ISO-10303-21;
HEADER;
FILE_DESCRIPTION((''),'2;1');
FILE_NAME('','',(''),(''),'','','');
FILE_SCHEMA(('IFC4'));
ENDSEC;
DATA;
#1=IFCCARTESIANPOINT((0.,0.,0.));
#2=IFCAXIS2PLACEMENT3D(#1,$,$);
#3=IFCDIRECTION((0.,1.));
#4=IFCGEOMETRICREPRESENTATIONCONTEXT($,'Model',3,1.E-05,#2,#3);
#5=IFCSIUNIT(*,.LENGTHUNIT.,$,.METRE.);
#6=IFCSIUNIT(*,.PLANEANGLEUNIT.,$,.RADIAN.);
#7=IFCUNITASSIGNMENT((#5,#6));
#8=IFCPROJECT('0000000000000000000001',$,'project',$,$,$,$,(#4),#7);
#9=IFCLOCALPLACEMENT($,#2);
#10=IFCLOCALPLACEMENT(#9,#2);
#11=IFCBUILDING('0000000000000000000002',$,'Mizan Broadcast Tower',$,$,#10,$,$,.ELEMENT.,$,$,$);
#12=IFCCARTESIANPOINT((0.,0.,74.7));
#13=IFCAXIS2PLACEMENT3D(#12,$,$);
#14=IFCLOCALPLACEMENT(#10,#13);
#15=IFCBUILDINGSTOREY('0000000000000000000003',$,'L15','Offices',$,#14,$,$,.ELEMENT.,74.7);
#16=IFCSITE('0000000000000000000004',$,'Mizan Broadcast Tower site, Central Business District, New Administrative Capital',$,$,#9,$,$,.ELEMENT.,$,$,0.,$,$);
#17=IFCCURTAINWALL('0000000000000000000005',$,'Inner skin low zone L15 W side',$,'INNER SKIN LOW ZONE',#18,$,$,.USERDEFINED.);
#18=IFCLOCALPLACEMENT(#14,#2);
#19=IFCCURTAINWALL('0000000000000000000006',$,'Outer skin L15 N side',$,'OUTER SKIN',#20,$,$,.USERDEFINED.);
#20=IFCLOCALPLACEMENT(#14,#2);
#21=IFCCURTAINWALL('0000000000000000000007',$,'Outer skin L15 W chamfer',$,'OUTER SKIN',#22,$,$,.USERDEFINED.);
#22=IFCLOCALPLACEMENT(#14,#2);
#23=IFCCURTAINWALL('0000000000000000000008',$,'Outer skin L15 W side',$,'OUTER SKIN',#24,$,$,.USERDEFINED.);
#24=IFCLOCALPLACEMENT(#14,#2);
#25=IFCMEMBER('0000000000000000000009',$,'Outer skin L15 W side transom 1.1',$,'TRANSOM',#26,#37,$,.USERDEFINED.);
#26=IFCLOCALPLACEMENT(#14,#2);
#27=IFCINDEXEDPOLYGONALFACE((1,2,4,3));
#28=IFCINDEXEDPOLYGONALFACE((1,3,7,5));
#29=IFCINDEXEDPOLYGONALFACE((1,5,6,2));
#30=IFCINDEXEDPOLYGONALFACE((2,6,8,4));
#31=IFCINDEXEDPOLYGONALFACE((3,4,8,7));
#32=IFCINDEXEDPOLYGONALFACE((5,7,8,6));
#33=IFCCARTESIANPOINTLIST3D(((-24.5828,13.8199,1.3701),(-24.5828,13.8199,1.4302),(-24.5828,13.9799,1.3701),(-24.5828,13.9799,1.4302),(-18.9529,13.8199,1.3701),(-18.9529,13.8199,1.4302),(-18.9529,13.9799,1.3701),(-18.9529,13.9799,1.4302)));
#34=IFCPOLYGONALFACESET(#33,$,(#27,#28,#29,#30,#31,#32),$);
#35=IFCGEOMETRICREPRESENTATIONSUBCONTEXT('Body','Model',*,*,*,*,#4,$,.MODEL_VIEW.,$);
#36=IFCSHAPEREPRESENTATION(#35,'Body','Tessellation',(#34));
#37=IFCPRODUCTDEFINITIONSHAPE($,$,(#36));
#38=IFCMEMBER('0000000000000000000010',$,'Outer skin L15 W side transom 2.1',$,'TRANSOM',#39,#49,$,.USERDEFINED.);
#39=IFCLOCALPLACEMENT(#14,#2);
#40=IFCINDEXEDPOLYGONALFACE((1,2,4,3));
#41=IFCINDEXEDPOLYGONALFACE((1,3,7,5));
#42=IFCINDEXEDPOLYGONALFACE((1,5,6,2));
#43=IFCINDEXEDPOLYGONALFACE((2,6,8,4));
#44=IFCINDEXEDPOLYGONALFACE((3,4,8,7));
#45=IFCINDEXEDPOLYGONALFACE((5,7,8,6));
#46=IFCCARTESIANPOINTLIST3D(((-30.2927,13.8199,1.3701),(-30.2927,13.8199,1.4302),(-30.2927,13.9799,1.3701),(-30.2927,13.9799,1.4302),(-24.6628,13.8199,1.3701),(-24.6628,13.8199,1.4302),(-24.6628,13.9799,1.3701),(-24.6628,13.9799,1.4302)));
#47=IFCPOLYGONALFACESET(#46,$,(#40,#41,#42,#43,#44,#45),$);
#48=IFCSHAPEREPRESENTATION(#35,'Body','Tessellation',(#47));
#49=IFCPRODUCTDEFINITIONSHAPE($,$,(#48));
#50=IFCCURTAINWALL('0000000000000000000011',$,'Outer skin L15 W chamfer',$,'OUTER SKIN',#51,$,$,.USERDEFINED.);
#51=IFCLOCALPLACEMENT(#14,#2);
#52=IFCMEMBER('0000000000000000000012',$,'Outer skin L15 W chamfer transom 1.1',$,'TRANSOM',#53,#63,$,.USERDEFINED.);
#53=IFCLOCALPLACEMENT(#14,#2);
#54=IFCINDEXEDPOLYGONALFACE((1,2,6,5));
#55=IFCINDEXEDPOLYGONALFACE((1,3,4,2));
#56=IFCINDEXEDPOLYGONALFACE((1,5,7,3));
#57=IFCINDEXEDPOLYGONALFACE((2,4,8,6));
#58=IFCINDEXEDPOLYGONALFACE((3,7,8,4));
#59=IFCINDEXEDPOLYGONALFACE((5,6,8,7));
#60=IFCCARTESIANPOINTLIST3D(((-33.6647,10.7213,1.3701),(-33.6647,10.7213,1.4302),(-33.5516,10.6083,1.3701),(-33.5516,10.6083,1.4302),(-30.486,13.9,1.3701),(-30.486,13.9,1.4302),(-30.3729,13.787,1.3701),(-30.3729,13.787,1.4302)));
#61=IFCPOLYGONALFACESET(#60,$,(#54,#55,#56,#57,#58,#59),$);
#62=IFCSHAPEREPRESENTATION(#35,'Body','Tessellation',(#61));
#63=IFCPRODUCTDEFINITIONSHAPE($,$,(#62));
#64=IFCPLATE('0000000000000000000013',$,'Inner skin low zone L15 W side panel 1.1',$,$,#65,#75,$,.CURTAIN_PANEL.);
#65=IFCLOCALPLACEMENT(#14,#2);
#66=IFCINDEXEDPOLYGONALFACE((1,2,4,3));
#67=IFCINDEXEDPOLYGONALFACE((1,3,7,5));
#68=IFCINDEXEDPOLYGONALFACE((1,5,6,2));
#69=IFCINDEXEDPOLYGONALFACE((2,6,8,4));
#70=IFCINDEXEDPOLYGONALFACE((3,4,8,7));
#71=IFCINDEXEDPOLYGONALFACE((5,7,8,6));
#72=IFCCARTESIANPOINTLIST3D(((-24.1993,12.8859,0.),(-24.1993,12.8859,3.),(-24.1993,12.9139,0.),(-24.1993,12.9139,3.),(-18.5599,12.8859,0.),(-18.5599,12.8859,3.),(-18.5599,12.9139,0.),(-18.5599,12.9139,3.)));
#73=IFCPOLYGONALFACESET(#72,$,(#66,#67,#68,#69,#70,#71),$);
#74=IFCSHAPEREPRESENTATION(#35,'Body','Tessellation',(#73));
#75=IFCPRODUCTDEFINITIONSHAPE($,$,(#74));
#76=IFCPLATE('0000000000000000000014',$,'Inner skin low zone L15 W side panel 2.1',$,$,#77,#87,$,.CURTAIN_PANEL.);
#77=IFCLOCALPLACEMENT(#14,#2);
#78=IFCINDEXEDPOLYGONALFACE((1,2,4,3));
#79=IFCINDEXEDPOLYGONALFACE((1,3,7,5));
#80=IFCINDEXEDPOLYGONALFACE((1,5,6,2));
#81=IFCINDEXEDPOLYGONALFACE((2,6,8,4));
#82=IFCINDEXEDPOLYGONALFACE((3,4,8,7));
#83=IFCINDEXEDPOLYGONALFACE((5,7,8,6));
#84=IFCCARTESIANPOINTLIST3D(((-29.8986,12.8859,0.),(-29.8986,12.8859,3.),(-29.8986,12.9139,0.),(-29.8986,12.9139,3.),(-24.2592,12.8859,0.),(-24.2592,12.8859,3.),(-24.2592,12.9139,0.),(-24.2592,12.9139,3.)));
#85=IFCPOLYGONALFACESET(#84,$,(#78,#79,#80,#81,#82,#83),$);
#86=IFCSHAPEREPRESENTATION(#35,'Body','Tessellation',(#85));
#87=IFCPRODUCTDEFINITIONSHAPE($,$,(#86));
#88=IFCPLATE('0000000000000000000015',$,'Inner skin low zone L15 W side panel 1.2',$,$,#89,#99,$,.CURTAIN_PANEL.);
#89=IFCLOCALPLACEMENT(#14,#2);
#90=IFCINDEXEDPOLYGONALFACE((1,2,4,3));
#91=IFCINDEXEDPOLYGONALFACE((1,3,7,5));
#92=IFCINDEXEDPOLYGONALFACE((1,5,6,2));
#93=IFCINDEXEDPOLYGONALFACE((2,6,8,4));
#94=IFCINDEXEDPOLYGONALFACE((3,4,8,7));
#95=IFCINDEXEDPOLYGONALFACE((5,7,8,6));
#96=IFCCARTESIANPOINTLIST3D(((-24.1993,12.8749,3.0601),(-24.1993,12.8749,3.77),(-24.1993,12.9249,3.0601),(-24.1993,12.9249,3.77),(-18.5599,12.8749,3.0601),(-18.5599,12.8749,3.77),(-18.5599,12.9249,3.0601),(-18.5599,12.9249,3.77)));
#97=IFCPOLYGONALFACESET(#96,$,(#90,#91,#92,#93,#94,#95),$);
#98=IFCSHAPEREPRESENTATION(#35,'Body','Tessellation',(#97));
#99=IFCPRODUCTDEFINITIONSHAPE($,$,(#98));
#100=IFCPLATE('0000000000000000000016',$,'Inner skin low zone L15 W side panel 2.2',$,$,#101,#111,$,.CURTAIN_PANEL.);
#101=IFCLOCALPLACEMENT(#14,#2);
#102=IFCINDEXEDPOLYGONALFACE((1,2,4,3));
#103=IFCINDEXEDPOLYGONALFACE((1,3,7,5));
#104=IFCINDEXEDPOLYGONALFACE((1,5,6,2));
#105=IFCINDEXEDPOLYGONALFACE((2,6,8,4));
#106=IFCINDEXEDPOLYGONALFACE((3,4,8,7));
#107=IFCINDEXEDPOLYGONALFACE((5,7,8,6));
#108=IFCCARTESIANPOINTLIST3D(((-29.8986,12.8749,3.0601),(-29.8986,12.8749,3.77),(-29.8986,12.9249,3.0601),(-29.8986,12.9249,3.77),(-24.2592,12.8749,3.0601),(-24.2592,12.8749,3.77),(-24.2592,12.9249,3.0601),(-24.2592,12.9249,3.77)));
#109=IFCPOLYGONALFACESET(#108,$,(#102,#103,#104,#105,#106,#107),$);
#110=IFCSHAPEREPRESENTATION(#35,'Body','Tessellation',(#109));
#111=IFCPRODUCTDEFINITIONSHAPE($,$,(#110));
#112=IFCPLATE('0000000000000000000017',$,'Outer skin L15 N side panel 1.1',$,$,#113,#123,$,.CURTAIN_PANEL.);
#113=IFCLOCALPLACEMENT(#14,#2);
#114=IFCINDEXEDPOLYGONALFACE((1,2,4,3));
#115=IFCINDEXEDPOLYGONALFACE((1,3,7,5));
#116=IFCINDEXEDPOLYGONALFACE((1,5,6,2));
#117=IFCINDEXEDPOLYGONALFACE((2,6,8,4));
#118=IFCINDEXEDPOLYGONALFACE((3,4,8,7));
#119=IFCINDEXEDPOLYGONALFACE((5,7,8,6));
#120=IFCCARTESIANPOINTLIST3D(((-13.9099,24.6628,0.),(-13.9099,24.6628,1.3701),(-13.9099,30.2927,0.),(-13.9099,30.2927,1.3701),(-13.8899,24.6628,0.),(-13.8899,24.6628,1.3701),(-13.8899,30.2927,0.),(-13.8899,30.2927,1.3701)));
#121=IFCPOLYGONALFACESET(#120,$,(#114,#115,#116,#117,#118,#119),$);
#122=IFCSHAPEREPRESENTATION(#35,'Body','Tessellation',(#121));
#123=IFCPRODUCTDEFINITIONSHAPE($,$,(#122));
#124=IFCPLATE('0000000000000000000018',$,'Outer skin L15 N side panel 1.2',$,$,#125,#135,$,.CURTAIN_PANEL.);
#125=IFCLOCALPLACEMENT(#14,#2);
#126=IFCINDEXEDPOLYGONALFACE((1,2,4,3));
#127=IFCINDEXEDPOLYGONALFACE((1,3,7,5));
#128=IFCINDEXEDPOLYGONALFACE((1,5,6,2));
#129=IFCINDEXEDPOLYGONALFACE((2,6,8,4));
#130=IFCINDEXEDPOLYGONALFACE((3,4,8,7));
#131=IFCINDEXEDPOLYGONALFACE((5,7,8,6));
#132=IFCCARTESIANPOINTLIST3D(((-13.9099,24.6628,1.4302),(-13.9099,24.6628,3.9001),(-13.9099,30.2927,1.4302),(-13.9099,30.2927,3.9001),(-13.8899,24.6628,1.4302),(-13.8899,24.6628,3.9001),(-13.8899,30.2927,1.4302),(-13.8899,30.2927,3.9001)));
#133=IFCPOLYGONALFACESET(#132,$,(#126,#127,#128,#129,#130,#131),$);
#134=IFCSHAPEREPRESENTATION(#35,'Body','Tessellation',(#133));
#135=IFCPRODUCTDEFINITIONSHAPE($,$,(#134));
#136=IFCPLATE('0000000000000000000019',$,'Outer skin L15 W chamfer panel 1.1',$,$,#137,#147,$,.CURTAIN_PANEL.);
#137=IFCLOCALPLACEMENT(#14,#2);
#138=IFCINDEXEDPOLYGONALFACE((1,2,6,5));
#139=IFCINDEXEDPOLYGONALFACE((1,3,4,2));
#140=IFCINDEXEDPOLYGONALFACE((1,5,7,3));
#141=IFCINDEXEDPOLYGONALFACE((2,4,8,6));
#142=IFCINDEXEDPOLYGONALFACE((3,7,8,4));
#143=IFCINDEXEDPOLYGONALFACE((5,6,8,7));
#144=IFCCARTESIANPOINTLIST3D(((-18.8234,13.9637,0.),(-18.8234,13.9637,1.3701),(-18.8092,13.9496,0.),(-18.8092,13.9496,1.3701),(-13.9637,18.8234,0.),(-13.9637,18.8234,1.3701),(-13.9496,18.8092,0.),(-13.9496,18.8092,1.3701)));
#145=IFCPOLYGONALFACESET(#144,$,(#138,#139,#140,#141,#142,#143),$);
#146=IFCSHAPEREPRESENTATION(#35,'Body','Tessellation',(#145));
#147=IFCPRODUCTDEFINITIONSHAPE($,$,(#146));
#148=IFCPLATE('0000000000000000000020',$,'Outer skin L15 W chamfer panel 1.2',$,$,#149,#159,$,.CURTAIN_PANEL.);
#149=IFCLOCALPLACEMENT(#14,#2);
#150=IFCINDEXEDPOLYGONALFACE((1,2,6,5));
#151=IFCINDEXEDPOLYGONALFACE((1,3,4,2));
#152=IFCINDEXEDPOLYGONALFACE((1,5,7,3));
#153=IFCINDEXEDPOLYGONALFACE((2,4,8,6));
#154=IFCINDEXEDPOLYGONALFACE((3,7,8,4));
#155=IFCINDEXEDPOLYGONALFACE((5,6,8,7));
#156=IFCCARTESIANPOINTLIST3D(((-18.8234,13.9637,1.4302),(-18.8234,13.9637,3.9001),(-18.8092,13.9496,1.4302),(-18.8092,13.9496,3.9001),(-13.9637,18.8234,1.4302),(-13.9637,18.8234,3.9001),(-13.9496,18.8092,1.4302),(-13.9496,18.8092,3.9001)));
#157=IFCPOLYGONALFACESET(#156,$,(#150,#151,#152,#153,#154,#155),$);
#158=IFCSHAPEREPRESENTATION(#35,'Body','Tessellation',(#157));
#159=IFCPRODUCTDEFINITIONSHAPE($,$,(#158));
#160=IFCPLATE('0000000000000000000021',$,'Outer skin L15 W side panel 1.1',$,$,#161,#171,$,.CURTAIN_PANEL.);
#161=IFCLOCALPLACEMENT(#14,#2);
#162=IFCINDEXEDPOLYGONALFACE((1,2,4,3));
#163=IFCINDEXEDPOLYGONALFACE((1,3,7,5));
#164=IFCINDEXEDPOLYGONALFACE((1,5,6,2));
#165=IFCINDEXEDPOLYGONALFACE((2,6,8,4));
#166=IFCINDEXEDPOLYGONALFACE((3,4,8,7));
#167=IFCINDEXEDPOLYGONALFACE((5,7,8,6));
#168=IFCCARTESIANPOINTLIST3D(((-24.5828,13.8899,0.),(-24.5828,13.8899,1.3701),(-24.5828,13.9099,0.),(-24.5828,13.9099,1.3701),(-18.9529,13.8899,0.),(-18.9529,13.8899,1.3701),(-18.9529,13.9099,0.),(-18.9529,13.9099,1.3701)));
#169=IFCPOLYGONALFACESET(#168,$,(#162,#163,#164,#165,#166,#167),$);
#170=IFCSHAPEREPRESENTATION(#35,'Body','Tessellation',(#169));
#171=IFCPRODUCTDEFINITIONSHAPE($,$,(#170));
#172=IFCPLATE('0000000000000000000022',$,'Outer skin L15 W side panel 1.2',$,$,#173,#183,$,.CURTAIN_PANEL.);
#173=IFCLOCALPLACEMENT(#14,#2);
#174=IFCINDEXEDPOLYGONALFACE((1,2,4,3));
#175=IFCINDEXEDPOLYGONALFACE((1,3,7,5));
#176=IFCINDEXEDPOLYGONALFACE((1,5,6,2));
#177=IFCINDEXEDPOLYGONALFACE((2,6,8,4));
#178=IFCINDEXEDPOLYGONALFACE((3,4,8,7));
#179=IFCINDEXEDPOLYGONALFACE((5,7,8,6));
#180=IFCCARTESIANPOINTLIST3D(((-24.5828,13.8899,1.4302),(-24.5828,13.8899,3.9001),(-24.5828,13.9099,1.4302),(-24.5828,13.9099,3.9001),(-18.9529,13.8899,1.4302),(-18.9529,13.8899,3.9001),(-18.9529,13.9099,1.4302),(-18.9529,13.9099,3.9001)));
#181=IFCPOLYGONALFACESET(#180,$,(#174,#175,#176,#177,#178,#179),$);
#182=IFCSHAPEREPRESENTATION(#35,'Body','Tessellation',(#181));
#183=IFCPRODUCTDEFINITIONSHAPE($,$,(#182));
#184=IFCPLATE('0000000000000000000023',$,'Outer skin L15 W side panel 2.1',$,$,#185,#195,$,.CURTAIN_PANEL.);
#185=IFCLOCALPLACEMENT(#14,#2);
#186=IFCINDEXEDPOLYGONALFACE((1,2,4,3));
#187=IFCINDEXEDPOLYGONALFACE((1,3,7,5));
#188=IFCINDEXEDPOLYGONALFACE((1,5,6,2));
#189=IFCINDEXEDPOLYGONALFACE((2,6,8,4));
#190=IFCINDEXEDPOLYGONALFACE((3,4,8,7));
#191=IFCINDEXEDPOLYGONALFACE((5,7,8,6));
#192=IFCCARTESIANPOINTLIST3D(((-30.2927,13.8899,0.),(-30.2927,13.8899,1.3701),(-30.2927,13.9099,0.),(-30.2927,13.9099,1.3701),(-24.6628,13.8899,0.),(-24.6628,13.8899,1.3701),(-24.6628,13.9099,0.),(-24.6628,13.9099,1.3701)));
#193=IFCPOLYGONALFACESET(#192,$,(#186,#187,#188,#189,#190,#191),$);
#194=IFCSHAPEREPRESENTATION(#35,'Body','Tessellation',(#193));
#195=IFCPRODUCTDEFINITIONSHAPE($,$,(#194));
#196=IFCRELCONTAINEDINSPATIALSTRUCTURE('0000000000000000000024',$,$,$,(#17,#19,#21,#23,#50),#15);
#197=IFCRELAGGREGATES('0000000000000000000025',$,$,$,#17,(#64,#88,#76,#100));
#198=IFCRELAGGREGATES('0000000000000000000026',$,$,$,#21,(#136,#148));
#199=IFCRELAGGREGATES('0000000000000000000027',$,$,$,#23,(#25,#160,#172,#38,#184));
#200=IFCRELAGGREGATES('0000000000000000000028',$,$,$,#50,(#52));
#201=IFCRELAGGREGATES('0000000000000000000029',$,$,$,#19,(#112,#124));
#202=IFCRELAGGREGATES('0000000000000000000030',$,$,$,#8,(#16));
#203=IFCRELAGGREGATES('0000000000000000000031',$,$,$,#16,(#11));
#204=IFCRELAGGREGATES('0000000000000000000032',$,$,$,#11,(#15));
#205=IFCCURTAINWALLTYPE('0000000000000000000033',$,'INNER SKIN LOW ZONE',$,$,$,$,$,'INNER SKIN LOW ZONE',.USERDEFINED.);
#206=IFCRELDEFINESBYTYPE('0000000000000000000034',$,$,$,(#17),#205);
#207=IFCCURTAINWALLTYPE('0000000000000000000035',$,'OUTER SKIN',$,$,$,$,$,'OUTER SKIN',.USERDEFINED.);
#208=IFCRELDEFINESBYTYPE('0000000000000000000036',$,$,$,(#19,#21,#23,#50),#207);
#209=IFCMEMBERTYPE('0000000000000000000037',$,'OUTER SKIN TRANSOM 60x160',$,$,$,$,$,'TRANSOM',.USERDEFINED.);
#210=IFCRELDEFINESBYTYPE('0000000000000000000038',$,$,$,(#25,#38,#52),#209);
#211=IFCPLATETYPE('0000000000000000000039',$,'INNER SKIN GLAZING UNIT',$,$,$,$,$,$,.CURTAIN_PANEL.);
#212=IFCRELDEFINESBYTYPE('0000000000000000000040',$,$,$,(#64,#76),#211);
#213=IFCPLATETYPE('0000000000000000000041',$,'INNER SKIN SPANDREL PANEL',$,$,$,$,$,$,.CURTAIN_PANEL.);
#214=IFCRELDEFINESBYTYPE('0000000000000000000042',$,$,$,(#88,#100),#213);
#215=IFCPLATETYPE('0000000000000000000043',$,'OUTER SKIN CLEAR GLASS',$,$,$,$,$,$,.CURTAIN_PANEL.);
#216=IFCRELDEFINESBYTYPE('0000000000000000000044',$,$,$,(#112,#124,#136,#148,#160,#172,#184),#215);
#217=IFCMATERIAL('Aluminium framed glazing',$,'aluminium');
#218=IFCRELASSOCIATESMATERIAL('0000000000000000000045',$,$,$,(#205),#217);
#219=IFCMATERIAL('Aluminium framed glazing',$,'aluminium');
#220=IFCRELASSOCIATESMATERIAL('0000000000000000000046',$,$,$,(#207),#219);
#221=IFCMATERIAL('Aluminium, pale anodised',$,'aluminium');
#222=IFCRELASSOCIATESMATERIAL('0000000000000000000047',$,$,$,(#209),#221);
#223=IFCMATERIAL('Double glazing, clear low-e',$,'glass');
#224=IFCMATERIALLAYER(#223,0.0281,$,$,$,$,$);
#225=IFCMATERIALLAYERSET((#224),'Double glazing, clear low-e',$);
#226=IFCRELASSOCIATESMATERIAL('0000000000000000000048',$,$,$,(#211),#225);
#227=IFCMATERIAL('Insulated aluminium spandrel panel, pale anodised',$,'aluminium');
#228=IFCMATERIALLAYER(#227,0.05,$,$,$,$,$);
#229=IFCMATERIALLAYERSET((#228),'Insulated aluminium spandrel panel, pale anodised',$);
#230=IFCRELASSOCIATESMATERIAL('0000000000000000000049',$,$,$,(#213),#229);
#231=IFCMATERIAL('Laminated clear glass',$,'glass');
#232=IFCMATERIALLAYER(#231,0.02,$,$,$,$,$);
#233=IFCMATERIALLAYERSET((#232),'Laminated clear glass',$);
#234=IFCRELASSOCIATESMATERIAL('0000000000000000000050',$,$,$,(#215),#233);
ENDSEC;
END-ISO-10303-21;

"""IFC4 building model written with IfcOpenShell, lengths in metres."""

from ifc_helpers import new_model, si_unit, direction, frame, origin, origin_2d, place, context, subcontext, project, spatial, rectangle, extrude, material, layer, layer_set, material_profile, profile_set, type_object, element, aggregate, save


model = new_model("IFC4")

# Units and contexts
model_context = context("Model", 3, precision=1e-05, world=origin(), true_north=direction((0.0, 1.0)))
body_context = subcontext(model_context, "Body", "Model", "MODEL_VIEW")
ifc_project = project(units=[si_unit("LENGTHUNIT", "METRE"), si_unit("PLANEANGLEUNIT", "RADIAN")], contexts=[model_context])

# Site, building, storey
site_placement = place(None, origin())
site = spatial("IfcSite", under=ifc_project, at=site_placement, Name="Mizan Broadcast Tower site, Central Business District, New Administrative Capital", CompositionType="ELEMENT", RefElevation=0.0)
building_placement = place(site_placement, origin())
building = spatial("IfcBuilding", under=site, at=building_placement, Name="Mizan Broadcast Tower", CompositionType="ELEMENT")
storey_placement = place(building_placement, frame((0.0, 0.0, 74.7)))
storey = spatial("IfcBuildingStorey", under=building, at=storey_placement, Name="L15", Description="Offices", CompositionType="ELEMENT", Elevation=74.7)

# Curtain wall
ifc_material_1 = material(Name="Aluminium framed glazing", Category="aluminium")
curtain_wall_type_1 = type_object("IfcCurtainWallType", Name="INNER SKIN LOW ZONE", ElementType="INNER SKIN LOW ZONE", PredefinedType="USERDEFINED", material=ifc_material_1)
curtain_wall_1_placement = place(storey_placement, origin())
curtain_wall_1 = element("IfcCurtainWall", 1, at=curtain_wall_1_placement, inside=storey, type_object=curtain_wall_type_1, Name="Inner skin low zone L15 W side", ObjectType="INNER SKIN LOW ZONE", PredefinedType="USERDEFINED")

# Shared definitions
ifc_material_2 = material(Name="Aluminium framed glazing", Category="aluminium")
curtain_wall_type_2 = type_object("IfcCurtainWallType", Name="OUTER SKIN", ElementType="OUTER SKIN", PredefinedType="USERDEFINED", material=ifc_material_2)

# Curtain wall
curtain_wall_2_placement = place(storey_placement, origin())
curtain_wall_2 = element("IfcCurtainWall", 2, at=curtain_wall_2_placement, inside=storey, type_object=curtain_wall_type_2, Name="Outer skin L15 N side", ObjectType="OUTER SKIN", PredefinedType="USERDEFINED")

# Curtain wall
curtain_wall_3_placement = place(storey_placement, origin())
curtain_wall_3 = element("IfcCurtainWall", 3, at=curtain_wall_3_placement, inside=storey, type_object=curtain_wall_type_2, Name="Outer skin L15 W chamfer", ObjectType="OUTER SKIN", PredefinedType="USERDEFINED")

# Curtain wall
curtain_wall_4_placement = place(storey_placement, origin())
curtain_wall_4 = element("IfcCurtainWall", 4, at=curtain_wall_4_placement, inside=storey, type_object=curtain_wall_type_2, Name="Outer skin L15 W side", ObjectType="OUTER SKIN", PredefinedType="USERDEFINED")

# Members
ifc_material_3 = material(Name="Aluminium, pale anodised", Category="aluminium")
ifc_material_profile_1 = material_profile(ifc_material_3, rectangle(XDim=0.1599, YDim=0.0601, at=origin_2d()), Name="TRANSOM 160x60")
ifc_profile_set_1 = profile_set([ifc_material_profile_1], Name="Aluminium, pale anodised")
member_type_1 = type_object("IfcMemberType", Name="OUTER SKIN TRANSOM 60x160", ElementType="TRANSOM", PredefinedType="USERDEFINED", material=ifc_profile_set_1)
member_1_placement = place(storey_placement, frame((-18.9529, 13.8999, 1.4001), z_axis=(-1.0, 0.0, 0.0), x_axis=(0.0, -1.0, 0.0)))
member_1 = element("IfcMember", 5, at=member_1_placement, type_object=member_type_1, Name="Outer skin L15 W side transom 1.1", ObjectType="TRANSOM", PredefinedType="USERDEFINED", context=body_context, shape_type="SweptSolid", body=[
    extrude(rectangle(XDim=0.1599, YDim=0.0601, at=origin_2d()), origin(), (0.0, 0.0, 1.0), 5.6299),
])
member_2_placement = place(storey_placement, frame((-24.6628, 13.8999, 1.4001), z_axis=(-1.0, 0.0, 0.0), x_axis=(0.0, -1.0, 0.0)))
member_2 = element("IfcMember", 6, at=member_2_placement, type_object=member_type_1, Name="Outer skin L15 W side transom 2.1", ObjectType="TRANSOM", PredefinedType="USERDEFINED", context=body_context, shape_type="SweptSolid", body=[
    extrude(rectangle(XDim=0.1599, YDim=0.0601, at=origin_2d()), origin(), (0.0, 0.0, 1.0), 5.6299),
])

# Curtain wall, member
curtain_wall_5_placement = place(storey_placement, origin())
curtain_wall_5 = element("IfcCurtainWall", 7, at=curtain_wall_5_placement, inside=storey, type_object=curtain_wall_type_2, Name="Outer skin L15 W chamfer", ObjectType="OUTER SKIN", PredefinedType="USERDEFINED")
member_3_placement = place(storey_placement, frame((-30.4294, 13.8435, 1.4001), z_axis=(-0.707107, -0.707107, 0.0), x_axis=(0.707107, -0.707107, 0.0)))
member_3 = element("IfcMember", 8, at=member_3_placement, type_object=member_type_1, Name="Outer skin L15 W chamfer transom 1.1", ObjectType="TRANSOM", PredefinedType="USERDEFINED", context=body_context, shape_type="SweptSolid", body=[
    extrude(rectangle(XDim=0.1599, YDim=0.0601, at=origin_2d()), origin(), (0.0, 0.0, 1.0), 4.4954),
])

# Plates
ifc_material_4 = material(Name="Double glazing, clear low-e", Category="glass")
ifc_layer_1 = layer(ifc_material_4, 0.0281)
ifc_layer_set_1 = layer_set([ifc_layer_1], Name="Double glazing, clear low-e")
plate_type_1 = type_object("IfcPlateType", Name="INNER SKIN GLAZING UNIT", PredefinedType="CURTAIN_PANEL", material=ifc_layer_set_1)
plate_1_placement = place(storey_placement, frame((-21.3796, 12.8999, 0.0), z_axis=(0.0, 0.0, 1.0), x_axis=(-1.0, 0.0, 0.0)))
plate_1 = element("IfcPlate", 9, at=plate_1_placement, type_object=plate_type_1, Name="Inner skin low zone L15 W side panel 1.1", PredefinedType="CURTAIN_PANEL", context=body_context, shape_type="SweptSolid", body=[
    extrude(rectangle(XDim=5.6394, YDim=0.0281, at=origin_2d()), origin(), (0.0, 0.0, 1.0), 3.0),
])
plate_2_placement = place(storey_placement, frame((-27.0789, 12.8999, 0.0), z_axis=(0.0, 0.0, 1.0), x_axis=(-1.0, 0.0, 0.0)))
plate_2 = element("IfcPlate", 10, at=plate_2_placement, type_object=plate_type_1, Name="Inner skin low zone L15 W side panel 2.1", PredefinedType="CURTAIN_PANEL", context=body_context, shape_type="SweptSolid", body=[
    extrude(rectangle(XDim=5.6394, YDim=0.0281, at=origin_2d()), origin(), (0.0, 0.0, 1.0), 3.0),
])
ifc_material_5 = material(Name="Insulated aluminium spandrel panel, pale anodised", Category="aluminium")
ifc_layer_2 = layer(ifc_material_5, 0.05)
ifc_layer_set_2 = layer_set([ifc_layer_2], Name="Insulated aluminium spandrel panel, pale anodised")
plate_type_2 = type_object("IfcPlateType", Name="INNER SKIN SPANDREL PANEL", PredefinedType="CURTAIN_PANEL", material=ifc_layer_set_2)
plate_3_placement = place(storey_placement, frame((-21.3796, 12.8999, 3.0601), z_axis=(0.0, 0.0, 1.0), x_axis=(-1.0, 0.0, 0.0)))
plate_3 = element("IfcPlate", 11, at=plate_3_placement, type_object=plate_type_2, Name="Inner skin low zone L15 W side panel 1.2", PredefinedType="CURTAIN_PANEL", context=body_context, shape_type="SweptSolid", body=[
    extrude(rectangle(XDim=5.6394, YDim=0.05, at=origin_2d()), origin(), (0.0, 0.0, 1.0), 0.71),
])
plate_4_placement = place(storey_placement, frame((-27.0789, 12.8999, 3.0601), z_axis=(0.0, 0.0, 1.0), x_axis=(-1.0, 0.0, 0.0)))
plate_4 = element("IfcPlate", 12, at=plate_4_placement, type_object=plate_type_2, Name="Inner skin low zone L15 W side panel 2.2", PredefinedType="CURTAIN_PANEL", context=body_context, shape_type="SweptSolid", body=[
    extrude(rectangle(XDim=5.6394, YDim=0.05, at=origin_2d()), origin(), (0.0, 0.0, 1.0), 0.71),
])
aggregate(curtain_wall_1, [plate_1, plate_3, plate_2, plate_4])
ifc_material_6 = material(Name="Laminated clear glass", Category="glass")
ifc_layer_3 = layer(ifc_material_6, 0.02)
ifc_layer_set_3 = layer_set([ifc_layer_3], Name="Laminated clear glass")
plate_type_3 = type_object("IfcPlateType", Name="OUTER SKIN CLEAR GLASS", PredefinedType="CURTAIN_PANEL", material=ifc_layer_set_3)
plate_5_placement = place(storey_placement, frame((-13.8999, 27.4778, 0.0), z_axis=(0.0, 0.0, 1.0), x_axis=(0.0, -1.0, 0.0)))
plate_5 = element("IfcPlate", 13, at=plate_5_placement, type_object=plate_type_3, Name="Outer skin L15 N side panel 1.1", PredefinedType="CURTAIN_PANEL", context=body_context, shape_type="SweptSolid", body=[
    extrude(rectangle(XDim=5.6299, YDim=0.02, at=origin_2d()), origin(), (0.0, 0.0, 1.0), 1.3701),
])
plate_6_placement = place(storey_placement, frame((-13.8999, 27.4778, 1.4302), z_axis=(0.0, 0.0, 1.0), x_axis=(0.0, -1.0, 0.0)))
plate_6 = element("IfcPlate", 14, at=plate_6_placement, type_object=plate_type_3, Name="Outer skin L15 N side panel 1.2", PredefinedType="CURTAIN_PANEL", context=body_context, shape_type="SweptSolid", body=[
    extrude(rectangle(XDim=5.6299, YDim=0.02, at=origin_2d()), origin(), (0.0, 0.0, 1.0), 2.47),
])
plate_7_placement = place(storey_placement, frame((-16.3865, 16.3865, 0.0), z_axis=(0.0, 0.0, 1.0), x_axis=(-0.707107, -0.707107, 0.0)))
plate_7 = element("IfcPlate", 15, at=plate_7_placement, type_object=plate_type_3, Name="Outer skin L15 W chamfer panel 1.1", PredefinedType="CURTAIN_PANEL", context=body_context, shape_type="SweptSolid", body=[
    extrude(rectangle(XDim=6.8726, YDim=0.02, at=origin_2d()), origin(), (0.0, 0.0, 1.0), 1.3701),
])
plate_8_placement = place(storey_placement, frame((-16.3865, 16.3865, 1.4302), z_axis=(0.0, 0.0, 1.0), x_axis=(-0.707107, -0.707107, 0.0)))
plate_8 = element("IfcPlate", 16, at=plate_8_placement, type_object=plate_type_3, Name="Outer skin L15 W chamfer panel 1.2", PredefinedType="CURTAIN_PANEL", context=body_context, shape_type="SweptSolid", body=[
    extrude(rectangle(XDim=6.8726, YDim=0.02, at=origin_2d()), origin(), (0.0, 0.0, 1.0), 2.47),
])
aggregate(curtain_wall_3, [plate_7, plate_8])
plate_9_placement = place(storey_placement, frame((-21.7678, 13.8999, 0.0), z_axis=(0.0, 0.0, 1.0), x_axis=(-1.0, 0.0, 0.0)))
plate_9 = element("IfcPlate", 17, at=plate_9_placement, type_object=plate_type_3, Name="Outer skin L15 W side panel 1.1", PredefinedType="CURTAIN_PANEL", context=body_context, shape_type="SweptSolid", body=[
    extrude(rectangle(XDim=5.6299, YDim=0.02, at=origin_2d()), origin(), (0.0, 0.0, 1.0), 1.3701),
])
plate_10_placement = place(storey_placement, frame((-21.7678, 13.8999, 1.4302), z_axis=(0.0, 0.0, 1.0), x_axis=(-1.0, 0.0, 0.0)))
plate_10 = element("IfcPlate", 18, at=plate_10_placement, type_object=plate_type_3, Name="Outer skin L15 W side panel 1.2", PredefinedType="CURTAIN_PANEL", context=body_context, shape_type="SweptSolid", body=[
    extrude(rectangle(XDim=5.6299, YDim=0.02, at=origin_2d()), origin(), (0.0, 0.0, 1.0), 2.47),
])
plate_11_placement = place(storey_placement, frame((-27.4778, 13.8999, 0.0), z_axis=(0.0, 0.0, 1.0), x_axis=(-1.0, 0.0, 0.0)))
plate_11 = element("IfcPlate", 19, at=plate_11_placement, type_object=plate_type_3, Name="Outer skin L15 W side panel 2.1", PredefinedType="CURTAIN_PANEL", context=body_context, shape_type="SweptSolid", body=[
    extrude(rectangle(XDim=5.6299, YDim=0.02, at=origin_2d()), origin(), (0.0, 0.0, 1.0), 1.3701),
])
aggregate(curtain_wall_4, [member_1, plate_9, plate_10, member_2, plate_11])
aggregate(curtain_wall_5, [member_3])
aggregate(curtain_wall_2, [plate_5, plate_6])

save(model, "model.ifc")
